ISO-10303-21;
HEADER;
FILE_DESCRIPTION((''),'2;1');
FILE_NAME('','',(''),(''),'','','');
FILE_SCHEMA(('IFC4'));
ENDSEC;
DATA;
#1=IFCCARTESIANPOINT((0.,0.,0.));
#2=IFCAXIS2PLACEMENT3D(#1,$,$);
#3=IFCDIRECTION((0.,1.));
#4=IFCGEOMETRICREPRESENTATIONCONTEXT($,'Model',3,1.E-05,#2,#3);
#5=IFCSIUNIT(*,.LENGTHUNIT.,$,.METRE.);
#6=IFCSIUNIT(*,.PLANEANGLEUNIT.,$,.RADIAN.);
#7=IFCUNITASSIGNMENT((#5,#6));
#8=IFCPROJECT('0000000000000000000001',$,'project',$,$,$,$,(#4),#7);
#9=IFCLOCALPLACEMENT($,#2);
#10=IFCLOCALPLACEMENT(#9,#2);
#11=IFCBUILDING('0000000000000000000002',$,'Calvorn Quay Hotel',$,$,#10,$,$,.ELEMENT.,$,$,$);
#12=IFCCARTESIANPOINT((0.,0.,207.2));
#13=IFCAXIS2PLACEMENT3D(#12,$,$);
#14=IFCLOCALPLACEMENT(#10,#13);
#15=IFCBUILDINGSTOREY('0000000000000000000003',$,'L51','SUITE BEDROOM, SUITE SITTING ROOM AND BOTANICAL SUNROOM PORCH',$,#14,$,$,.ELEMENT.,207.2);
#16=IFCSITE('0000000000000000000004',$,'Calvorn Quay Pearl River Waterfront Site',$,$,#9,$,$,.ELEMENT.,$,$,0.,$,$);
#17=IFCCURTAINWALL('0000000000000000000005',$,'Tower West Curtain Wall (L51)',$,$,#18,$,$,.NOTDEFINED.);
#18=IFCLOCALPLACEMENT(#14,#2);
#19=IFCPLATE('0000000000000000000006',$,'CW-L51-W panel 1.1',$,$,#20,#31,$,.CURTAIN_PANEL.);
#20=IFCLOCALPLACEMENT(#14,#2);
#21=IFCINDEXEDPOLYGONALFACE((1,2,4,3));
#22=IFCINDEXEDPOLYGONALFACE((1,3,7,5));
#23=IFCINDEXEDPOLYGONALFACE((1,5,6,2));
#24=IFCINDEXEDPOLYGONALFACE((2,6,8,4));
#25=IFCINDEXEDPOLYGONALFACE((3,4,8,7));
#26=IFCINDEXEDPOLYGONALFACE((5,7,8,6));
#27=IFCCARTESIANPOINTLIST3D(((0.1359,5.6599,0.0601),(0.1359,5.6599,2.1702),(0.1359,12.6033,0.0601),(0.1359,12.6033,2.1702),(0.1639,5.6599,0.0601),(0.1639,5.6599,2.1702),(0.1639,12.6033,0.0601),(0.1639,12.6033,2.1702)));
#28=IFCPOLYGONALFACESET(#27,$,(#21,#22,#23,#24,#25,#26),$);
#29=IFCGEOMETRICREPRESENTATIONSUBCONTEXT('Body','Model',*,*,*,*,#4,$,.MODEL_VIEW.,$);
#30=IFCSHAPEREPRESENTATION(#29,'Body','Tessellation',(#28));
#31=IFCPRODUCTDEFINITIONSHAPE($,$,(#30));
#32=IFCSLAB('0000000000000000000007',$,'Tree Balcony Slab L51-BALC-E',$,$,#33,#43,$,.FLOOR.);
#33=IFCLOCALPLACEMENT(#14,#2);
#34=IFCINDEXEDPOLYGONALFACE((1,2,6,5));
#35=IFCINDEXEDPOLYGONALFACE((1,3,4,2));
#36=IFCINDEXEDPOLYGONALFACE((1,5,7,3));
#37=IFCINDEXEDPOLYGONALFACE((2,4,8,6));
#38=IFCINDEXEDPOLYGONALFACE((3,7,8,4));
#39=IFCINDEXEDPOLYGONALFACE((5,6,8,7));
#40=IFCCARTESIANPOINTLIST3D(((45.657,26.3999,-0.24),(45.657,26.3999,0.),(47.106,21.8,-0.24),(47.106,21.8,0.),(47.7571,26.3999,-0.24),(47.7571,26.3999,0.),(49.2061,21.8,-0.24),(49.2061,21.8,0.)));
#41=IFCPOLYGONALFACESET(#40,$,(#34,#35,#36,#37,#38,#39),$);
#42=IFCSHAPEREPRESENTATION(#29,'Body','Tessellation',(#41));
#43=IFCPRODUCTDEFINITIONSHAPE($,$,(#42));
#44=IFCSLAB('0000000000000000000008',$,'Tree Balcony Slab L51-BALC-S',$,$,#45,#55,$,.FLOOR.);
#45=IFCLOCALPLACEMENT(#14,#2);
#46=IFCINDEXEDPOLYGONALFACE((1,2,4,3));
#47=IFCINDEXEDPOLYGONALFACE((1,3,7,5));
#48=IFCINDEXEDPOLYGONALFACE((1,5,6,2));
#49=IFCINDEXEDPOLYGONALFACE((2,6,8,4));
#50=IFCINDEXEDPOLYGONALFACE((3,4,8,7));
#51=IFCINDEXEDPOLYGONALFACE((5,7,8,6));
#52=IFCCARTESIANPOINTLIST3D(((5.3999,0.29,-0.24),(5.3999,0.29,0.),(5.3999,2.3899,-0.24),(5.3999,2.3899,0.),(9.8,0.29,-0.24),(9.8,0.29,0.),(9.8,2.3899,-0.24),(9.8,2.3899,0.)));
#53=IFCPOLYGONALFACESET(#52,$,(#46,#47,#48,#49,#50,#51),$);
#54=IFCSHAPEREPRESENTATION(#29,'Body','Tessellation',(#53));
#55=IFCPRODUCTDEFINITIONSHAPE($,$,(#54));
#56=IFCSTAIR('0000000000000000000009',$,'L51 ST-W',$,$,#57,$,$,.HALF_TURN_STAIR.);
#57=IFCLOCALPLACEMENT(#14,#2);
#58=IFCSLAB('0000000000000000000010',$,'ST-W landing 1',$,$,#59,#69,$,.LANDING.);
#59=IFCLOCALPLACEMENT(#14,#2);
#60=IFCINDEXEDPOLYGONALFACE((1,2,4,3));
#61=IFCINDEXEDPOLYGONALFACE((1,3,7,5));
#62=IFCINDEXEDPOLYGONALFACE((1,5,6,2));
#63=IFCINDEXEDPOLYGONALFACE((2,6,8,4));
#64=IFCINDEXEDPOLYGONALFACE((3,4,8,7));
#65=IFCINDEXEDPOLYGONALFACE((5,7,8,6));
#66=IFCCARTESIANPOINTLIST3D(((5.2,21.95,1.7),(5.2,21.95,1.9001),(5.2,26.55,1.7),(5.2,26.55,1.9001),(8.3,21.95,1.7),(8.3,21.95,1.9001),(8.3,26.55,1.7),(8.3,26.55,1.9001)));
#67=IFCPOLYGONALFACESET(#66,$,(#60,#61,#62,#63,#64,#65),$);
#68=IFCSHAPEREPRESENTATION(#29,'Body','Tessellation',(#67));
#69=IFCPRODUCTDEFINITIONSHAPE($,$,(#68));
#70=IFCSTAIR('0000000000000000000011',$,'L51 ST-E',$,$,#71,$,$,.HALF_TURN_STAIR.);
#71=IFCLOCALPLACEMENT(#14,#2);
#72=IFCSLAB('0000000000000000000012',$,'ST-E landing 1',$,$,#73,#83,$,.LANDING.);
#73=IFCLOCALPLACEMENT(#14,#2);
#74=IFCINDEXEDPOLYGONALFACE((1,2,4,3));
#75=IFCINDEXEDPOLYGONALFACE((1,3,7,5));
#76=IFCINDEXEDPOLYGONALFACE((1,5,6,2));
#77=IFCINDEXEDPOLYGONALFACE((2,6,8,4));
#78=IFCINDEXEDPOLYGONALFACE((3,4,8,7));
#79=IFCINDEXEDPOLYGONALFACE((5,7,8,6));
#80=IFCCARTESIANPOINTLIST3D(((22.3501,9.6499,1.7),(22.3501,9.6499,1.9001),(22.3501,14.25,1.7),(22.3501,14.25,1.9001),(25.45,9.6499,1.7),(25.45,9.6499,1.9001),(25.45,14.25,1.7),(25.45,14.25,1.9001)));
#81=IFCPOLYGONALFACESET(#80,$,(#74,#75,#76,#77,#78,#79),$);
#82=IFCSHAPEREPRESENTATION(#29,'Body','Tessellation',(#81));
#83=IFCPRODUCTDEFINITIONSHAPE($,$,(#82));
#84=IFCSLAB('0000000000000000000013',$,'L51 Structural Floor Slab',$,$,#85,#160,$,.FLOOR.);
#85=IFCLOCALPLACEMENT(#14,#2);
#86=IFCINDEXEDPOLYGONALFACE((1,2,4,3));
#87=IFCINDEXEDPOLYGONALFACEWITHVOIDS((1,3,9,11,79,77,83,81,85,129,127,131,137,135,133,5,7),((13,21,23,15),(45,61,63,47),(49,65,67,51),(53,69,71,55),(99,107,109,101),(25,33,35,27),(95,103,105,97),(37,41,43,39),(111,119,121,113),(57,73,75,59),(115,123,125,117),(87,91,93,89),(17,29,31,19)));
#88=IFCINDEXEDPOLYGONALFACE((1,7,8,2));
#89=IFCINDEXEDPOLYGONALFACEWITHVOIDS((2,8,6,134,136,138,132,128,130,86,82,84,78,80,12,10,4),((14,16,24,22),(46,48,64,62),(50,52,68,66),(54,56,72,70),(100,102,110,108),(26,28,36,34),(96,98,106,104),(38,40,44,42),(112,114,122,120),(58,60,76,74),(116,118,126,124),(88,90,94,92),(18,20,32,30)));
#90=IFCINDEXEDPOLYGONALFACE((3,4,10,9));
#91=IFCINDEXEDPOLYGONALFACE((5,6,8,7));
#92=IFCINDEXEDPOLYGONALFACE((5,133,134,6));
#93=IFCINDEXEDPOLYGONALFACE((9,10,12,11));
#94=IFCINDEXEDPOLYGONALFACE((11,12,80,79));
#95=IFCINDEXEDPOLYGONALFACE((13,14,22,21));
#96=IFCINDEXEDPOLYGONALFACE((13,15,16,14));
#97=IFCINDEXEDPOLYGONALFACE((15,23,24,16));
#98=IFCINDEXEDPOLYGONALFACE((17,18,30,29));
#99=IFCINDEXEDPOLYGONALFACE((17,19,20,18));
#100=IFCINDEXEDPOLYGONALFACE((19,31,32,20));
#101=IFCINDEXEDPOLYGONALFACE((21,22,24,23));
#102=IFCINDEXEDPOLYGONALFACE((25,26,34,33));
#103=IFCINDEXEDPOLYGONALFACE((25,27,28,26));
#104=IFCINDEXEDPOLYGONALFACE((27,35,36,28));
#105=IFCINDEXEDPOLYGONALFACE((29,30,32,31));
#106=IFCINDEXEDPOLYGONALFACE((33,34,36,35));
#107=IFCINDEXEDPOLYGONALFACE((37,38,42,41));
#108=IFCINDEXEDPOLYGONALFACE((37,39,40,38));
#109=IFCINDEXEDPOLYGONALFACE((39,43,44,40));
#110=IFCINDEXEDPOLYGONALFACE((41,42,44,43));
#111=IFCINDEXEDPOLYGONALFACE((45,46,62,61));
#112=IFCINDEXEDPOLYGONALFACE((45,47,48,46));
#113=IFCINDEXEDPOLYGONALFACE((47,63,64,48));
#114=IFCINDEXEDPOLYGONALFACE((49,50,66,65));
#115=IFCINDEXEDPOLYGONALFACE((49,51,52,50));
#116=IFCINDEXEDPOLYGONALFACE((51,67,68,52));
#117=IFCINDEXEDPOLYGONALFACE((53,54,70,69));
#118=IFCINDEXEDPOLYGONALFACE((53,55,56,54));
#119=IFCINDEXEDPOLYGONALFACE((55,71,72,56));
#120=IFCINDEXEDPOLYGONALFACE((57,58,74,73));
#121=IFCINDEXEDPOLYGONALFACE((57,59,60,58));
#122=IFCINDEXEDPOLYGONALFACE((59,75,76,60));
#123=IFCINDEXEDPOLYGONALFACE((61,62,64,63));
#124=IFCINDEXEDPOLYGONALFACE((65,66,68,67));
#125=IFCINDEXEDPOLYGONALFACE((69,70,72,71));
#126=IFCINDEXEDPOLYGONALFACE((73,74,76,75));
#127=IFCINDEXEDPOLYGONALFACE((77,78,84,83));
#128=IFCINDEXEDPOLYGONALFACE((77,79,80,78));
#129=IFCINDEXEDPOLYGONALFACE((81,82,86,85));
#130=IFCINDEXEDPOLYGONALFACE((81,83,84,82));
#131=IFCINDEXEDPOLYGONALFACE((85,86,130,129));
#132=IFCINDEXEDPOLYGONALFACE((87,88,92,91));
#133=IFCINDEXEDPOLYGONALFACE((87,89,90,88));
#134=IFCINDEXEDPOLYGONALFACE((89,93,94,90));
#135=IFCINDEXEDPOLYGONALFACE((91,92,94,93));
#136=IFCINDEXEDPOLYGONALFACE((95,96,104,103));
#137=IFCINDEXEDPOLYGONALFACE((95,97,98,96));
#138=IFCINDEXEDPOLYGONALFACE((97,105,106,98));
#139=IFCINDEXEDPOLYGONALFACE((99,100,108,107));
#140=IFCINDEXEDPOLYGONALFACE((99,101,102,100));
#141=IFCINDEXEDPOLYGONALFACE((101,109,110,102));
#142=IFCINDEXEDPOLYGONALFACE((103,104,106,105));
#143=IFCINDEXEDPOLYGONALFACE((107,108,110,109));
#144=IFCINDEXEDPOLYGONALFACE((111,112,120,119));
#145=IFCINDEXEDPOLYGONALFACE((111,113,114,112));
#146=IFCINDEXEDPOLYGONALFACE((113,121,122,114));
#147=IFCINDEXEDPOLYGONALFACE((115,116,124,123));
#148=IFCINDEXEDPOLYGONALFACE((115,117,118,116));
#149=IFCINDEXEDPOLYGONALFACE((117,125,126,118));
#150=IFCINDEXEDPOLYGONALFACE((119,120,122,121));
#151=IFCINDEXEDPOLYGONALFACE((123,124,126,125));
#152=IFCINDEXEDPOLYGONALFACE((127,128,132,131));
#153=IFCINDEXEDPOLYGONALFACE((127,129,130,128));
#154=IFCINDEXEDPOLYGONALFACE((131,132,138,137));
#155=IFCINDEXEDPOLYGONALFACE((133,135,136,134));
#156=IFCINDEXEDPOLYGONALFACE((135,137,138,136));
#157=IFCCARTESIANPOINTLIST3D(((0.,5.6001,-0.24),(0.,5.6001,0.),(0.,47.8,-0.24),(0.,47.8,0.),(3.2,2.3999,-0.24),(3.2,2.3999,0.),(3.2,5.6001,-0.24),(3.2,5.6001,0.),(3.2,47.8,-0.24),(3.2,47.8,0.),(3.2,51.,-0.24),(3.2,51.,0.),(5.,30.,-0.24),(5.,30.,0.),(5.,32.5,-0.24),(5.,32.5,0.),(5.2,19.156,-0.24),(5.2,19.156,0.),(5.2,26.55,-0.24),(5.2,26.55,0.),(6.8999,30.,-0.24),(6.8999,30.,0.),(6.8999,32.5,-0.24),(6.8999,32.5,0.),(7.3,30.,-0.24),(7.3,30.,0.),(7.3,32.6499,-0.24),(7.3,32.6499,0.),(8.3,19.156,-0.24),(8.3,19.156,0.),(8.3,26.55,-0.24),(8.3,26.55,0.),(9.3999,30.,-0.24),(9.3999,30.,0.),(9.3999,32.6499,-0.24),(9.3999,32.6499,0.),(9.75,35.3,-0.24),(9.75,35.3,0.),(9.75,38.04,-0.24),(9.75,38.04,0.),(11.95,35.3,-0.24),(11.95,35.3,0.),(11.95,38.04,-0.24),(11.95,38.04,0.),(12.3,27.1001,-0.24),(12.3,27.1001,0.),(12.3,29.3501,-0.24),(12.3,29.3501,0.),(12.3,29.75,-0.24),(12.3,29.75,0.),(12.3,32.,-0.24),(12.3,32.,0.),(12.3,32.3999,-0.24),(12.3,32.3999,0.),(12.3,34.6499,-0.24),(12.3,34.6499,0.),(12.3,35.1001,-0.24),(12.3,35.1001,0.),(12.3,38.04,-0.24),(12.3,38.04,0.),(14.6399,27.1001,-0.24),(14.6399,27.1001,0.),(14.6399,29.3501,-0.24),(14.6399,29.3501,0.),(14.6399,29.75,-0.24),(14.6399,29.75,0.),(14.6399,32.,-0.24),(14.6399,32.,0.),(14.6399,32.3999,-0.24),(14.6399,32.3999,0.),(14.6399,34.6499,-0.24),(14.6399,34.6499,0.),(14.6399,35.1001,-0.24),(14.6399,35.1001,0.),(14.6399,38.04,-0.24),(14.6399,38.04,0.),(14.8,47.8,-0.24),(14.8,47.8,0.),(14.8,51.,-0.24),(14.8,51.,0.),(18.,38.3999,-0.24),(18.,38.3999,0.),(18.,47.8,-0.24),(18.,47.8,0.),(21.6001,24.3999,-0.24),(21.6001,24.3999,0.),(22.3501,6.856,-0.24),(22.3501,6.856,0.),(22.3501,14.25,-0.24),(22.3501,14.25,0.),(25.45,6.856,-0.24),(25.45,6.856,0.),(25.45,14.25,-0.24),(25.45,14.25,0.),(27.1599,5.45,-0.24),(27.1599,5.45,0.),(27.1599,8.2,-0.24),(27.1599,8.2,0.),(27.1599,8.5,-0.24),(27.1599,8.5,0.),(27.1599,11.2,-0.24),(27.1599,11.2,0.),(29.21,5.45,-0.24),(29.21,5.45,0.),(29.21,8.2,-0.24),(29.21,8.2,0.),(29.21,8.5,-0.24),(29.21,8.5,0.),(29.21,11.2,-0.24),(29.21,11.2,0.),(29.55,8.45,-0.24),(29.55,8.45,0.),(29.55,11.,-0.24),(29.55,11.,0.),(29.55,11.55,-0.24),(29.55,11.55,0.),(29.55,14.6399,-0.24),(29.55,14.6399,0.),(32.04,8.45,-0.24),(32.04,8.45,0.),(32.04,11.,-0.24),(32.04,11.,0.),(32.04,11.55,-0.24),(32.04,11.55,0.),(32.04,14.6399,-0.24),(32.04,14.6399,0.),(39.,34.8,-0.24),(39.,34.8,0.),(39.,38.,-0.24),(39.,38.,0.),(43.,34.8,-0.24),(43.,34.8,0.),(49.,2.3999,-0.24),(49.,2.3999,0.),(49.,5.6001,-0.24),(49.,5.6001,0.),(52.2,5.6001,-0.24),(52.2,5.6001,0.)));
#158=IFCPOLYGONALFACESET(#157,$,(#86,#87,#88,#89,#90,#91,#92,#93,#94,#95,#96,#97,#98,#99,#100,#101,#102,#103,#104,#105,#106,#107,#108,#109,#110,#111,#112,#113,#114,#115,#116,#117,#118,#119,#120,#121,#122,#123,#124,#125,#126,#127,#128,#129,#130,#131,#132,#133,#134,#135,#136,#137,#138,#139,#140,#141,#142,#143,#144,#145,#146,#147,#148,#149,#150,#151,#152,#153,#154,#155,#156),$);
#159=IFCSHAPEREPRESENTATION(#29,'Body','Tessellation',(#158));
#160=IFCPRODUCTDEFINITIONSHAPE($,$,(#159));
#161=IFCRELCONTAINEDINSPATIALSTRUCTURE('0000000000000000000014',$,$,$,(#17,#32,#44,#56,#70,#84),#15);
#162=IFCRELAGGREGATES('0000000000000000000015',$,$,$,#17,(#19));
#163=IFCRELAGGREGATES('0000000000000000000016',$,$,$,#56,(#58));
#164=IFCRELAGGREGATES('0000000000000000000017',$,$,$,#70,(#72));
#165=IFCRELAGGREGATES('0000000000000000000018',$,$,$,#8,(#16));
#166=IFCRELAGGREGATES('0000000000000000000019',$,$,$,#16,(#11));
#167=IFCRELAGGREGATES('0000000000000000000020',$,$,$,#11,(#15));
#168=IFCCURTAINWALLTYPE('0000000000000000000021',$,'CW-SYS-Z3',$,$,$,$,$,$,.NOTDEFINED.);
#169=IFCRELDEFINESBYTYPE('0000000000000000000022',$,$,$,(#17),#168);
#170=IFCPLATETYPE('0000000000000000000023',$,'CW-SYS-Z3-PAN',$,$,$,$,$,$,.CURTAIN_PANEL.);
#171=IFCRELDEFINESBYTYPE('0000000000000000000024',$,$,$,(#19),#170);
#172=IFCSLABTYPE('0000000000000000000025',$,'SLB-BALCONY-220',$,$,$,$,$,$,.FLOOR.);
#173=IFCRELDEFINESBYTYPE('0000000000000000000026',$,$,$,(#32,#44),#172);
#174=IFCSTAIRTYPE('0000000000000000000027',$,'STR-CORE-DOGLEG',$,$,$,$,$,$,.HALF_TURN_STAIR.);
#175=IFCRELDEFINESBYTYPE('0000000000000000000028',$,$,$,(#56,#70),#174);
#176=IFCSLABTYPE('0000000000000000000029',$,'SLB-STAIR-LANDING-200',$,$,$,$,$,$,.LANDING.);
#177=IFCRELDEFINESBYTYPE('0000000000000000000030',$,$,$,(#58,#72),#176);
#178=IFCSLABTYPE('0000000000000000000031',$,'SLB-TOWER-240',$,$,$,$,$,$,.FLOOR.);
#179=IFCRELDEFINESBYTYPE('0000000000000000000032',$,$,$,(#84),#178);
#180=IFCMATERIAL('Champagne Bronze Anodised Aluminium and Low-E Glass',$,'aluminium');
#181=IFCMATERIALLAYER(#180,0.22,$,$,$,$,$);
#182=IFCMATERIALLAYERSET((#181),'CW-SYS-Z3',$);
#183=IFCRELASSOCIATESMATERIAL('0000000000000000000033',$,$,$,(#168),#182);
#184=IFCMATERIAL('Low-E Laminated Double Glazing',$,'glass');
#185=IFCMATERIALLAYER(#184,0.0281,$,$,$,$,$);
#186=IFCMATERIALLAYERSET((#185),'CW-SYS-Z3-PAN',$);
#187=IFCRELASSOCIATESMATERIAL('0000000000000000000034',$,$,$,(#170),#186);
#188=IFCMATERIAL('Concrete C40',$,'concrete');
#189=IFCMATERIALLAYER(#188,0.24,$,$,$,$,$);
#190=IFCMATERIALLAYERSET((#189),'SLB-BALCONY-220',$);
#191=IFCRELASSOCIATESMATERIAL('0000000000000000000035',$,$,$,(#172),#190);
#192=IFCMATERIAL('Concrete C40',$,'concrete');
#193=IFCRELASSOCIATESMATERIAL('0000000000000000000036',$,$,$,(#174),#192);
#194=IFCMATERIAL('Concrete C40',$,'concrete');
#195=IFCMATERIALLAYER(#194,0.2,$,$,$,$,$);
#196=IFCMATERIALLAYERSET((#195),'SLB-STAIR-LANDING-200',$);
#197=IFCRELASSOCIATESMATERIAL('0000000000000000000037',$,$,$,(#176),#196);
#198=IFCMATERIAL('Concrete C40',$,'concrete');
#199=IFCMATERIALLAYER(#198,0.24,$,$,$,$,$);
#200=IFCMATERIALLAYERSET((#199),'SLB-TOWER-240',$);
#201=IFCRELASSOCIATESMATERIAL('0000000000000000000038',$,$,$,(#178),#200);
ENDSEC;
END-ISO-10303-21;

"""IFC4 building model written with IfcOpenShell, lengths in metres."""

from ifc_helpers import new_model, si_unit, direction, frame, origin, origin_2d, place, context, subcontext, project, spatial, polyline, rectangle, outline, extrude, material, layer, layer_set, type_object, element, aggregate, save


model = new_model("IFC4")

# Units and contexts
model_context = context("Model", 3, precision=1e-05, world=origin(), true_north=direction((0.0, 1.0)))
body_context = subcontext(model_context, "Body", "Model", "MODEL_VIEW")
ifc_project = project(units=[si_unit("LENGTHUNIT", "METRE"), si_unit("PLANEANGLEUNIT", "RADIAN")], contexts=[model_context])

# Site, building, storey
site_placement = place(None, origin())
site = spatial("IfcSite", under=ifc_project, at=site_placement, Name="Calvorn Quay Pearl River Waterfront Site", CompositionType="ELEMENT", RefElevation=0.0)
building_placement = place(site_placement, origin())
building = spatial("IfcBuilding", under=site, at=building_placement, Name="Calvorn Quay Hotel", CompositionType="ELEMENT")
storey_placement = place(building_placement, frame((0.0, 0.0, 207.2)))
storey = spatial("IfcBuildingStorey", under=building, at=storey_placement, Name="L51", Description="SUITE BEDROOM, SUITE SITTING ROOM AND BOTANICAL SUNROOM PORCH", CompositionType="ELEMENT", Elevation=207.2)

# Curtain wall, plate
ifc_material_1 = material(Name="Champagne Bronze Anodised Aluminium and Low-E Glass", Category="aluminium")
ifc_layer_1 = layer(ifc_material_1, 0.22)
ifc_layer_set_1 = layer_set([ifc_layer_1], Name="CW-SYS-Z3")
curtain_wall_type = type_object("IfcCurtainWallType", Name="CW-SYS-Z3", PredefinedType="NOTDEFINED", material=ifc_layer_set_1)
curtain_wall_placement = place(storey_placement, origin())
curtain_wall = element("IfcCurtainWall", 1, at=curtain_wall_placement, inside=storey, type_object=curtain_wall_type, Name="Tower West Curtain Wall (L51)", PredefinedType="NOTDEFINED")
ifc_material_2 = material(Name="Low-E Laminated Double Glazing", Category="glass")
ifc_layer_2 = layer(ifc_material_2, 0.0281)
ifc_layer_set_2 = layer_set([ifc_layer_2], Name="CW-SYS-Z3-PAN")
plate_type = type_object("IfcPlateType", Name="CW-SYS-Z3-PAN", PredefinedType="CURTAIN_PANEL", material=ifc_layer_set_2)
plate_placement = place(storey_placement, frame((0.1499, 9.1316, 0.0601), z_axis=(0.0, 0.0, 1.0), x_axis=(0.0, 1.0, 0.0)))
plate = element("IfcPlate", 2, at=plate_placement, type_object=plate_type, Name="CW-L51-W panel 1.1", PredefinedType="CURTAIN_PANEL", context=body_context, shape_type="SweptSolid", body=[
    extrude(rectangle(XDim=6.9434, YDim=0.0281, at=origin_2d()), origin(), (0.0, 0.0, 1.0), 2.1101),
])
aggregate(curtain_wall, [plate])

# Slabs
ifc_material_3 = material(Name="Concrete C40", Category="concrete")
ifc_layer_3 = layer(ifc_material_3, 0.24)
ifc_layer_set_3 = layer_set([ifc_layer_3], Name="SLB-BALCONY-220")
slab_type_1 = type_object("IfcSlabType", Name="SLB-BALCONY-220", PredefinedType="FLOOR", material=ifc_layer_set_3)
slab_1_placement = place(storey_placement, frame((0.0, 0.0, -0.24)))
element("IfcSlab", 3, at=slab_1_placement, inside=storey, type_object=slab_type_1, Name="Tree Balcony Slab L51-BALC-E", PredefinedType="FLOOR", context=body_context, shape_type="SweptSolid", body=[
    extrude(outline(polyline([(47.106, 21.8), (49.2061, 21.8), (47.7571, 26.3999), (45.657, 26.3999), (47.106, 21.8)])), origin(), (0.0, 0.0, 1.0), 0.24),
])
slab_2_placement = place(storey_placement, frame((0.0, 0.0, -0.24)))
element("IfcSlab", 4, at=slab_2_placement, inside=storey, type_object=slab_type_1, Name="Tree Balcony Slab L51-BALC-S", PredefinedType="FLOOR", context=body_context, shape_type="SweptSolid", body=[
    extrude(outline(polyline([(5.3999, 0.29), (9.8, 0.29), (9.8, 2.3899), (5.3999, 2.3899), (5.3999, 0.29)])), origin(), (0.0, 0.0, 1.0), 0.24),
])

# Stairs, slabs
ifc_material_4 = material(Name="Concrete C40", Category="concrete")
stair_type = type_object("IfcStairType", Name="STR-CORE-DOGLEG", PredefinedType="HALF_TURN_STAIR", material=ifc_material_4)
stair_1_placement = place(storey_placement, origin())
stair_1 = element("IfcStair", 5, at=stair_1_placement, inside=storey, type_object=stair_type, Name="L51 ST-W", PredefinedType="HALF_TURN_STAIR")
ifc_material_5 = material(Name="Concrete C40", Category="concrete")
ifc_layer_4 = layer(ifc_material_5, 0.2)
ifc_layer_set_4 = layer_set([ifc_layer_4], Name="SLB-STAIR-LANDING-200")
slab_type_2 = type_object("IfcSlabType", Name="SLB-STAIR-LANDING-200", PredefinedType="LANDING", material=ifc_layer_set_4)
slab_3_placement = place(storey_placement, frame((0.0, 0.0, 1.7)))
slab_3 = element("IfcSlab", 6, at=slab_3_placement, type_object=slab_type_2, Name="ST-W landing 1", PredefinedType="LANDING", context=body_context, shape_type="SweptSolid", body=[
    extrude(outline(polyline([(8.3, 21.95), (8.3, 26.55), (5.2, 26.55), (5.2, 21.95), (8.3, 21.95)])), origin(), (0.0, 0.0, 1.0), 0.2002),
])
aggregate(stair_1, [slab_3])
stair_2_placement = place(storey_placement, origin())
stair_2 = element("IfcStair", 7, at=stair_2_placement, inside=storey, type_object=stair_type, Name="L51 ST-E", PredefinedType="HALF_TURN_STAIR")
slab_4_placement = place(storey_placement, frame((0.0, 0.0, 1.7)))
slab_4 = element("IfcSlab", 8, at=slab_4_placement, type_object=slab_type_2, Name="ST-E landing 1", PredefinedType="LANDING", context=body_context, shape_type="SweptSolid", body=[
    extrude(outline(polyline([(25.45, 9.6499), (25.45, 14.25), (22.3501, 14.25), (22.3501, 9.6499), (25.45, 9.6499)])), origin(), (0.0, 0.0, 1.0), 0.2002),
])
aggregate(stair_2, [slab_4])

# Slab
ifc_material_6 = material(Name="Concrete C40", Category="concrete")
ifc_layer_5 = layer(ifc_material_6, 0.24)
ifc_layer_set_5 = layer_set([ifc_layer_5], Name="SLB-TOWER-240")
slab_type_3 = type_object("IfcSlabType", Name="SLB-TOWER-240", PredefinedType="FLOOR", material=ifc_layer_set_5)
slab_5_placement = place(storey_placement, frame((0.0, 0.0, -0.24)))
element("IfcSlab", 9, at=slab_5_placement, inside=storey, type_object=slab_type_3, Name="L51 Structural Floor Slab", PredefinedType="FLOOR", context=body_context, shape_type="SweptSolid", body=[
    extrude(outline(polyline([(0.0, 5.6001), (3.2, 5.6001), (3.2, 2.3999), (49.0, 2.3999), (49.0, 5.6001), (52.2, 5.6001), (43.0, 34.8), (39.0, 34.8), (39.0, 38.0), (21.6001, 24.3999), (18.0, 38.3999), (18.0, 47.8), (14.8, 47.8), (14.8, 51.0), (3.2, 51.0), (3.2, 47.8), (0.0, 47.8), (0.0, 5.6001)]), holes=[polyline([(5.2, 19.156), (8.3, 19.156), (8.3, 26.55), (5.2, 26.55), (5.2, 19.156)]), polyline([(22.3501, 6.856), (25.45, 6.856), (25.45, 14.25), (22.3501, 14.25), (22.3501, 6.856)]), polyline([(5.0, 30.0), (6.8999, 30.0), (6.8999, 32.5), (5.0, 32.5), (5.0, 30.0)]), polyline([(7.3, 30.0), (9.3999, 30.0), (9.3999, 32.6499), (7.3, 32.6499), (7.3, 30.0)]), polyline([(27.1599, 8.5), (29.21, 8.5), (29.21, 11.2), (27.1599, 11.2), (27.1599, 8.5)]), polyline([(27.1599, 5.45), (29.21, 5.45), (29.21, 8.2), (27.1599, 8.2), (27.1599, 5.45)]), polyline([(12.3, 27.1001), (14.6399, 27.1001), (14.6399, 29.3501), (12.3, 29.3501), (12.3, 27.1001)]), polyline([(12.3, 29.75), (14.6399, 29.75), (14.6399, 32.0), (12.3, 32.0), (12.3, 29.75)]), polyline([(12.3, 32.3999), (14.6399, 32.3999), (14.6399, 34.6499), (12.3, 34.6499), (12.3, 32.3999)]), polyline([(12.3, 35.1001), (14.6399, 35.1001), (14.6399, 38.04), (12.3, 38.04), (12.3, 35.1001)]), polyline([(9.75, 35.3), (11.95, 35.3), (11.95, 38.04), (9.75, 38.04), (9.75, 35.3)]), polyline([(29.55, 11.55), (32.04, 11.55), (32.04, 14.6399), (29.55, 14.6399), (29.55, 11.55)]), polyline([(29.55, 8.45), (32.04, 8.45), (32.04, 11.0), (29.55, 11.0), (29.55, 8.45)])]), origin(), (0.0, 0.0, 1.0), 0.24),
])

save(model, "model.ifc")
